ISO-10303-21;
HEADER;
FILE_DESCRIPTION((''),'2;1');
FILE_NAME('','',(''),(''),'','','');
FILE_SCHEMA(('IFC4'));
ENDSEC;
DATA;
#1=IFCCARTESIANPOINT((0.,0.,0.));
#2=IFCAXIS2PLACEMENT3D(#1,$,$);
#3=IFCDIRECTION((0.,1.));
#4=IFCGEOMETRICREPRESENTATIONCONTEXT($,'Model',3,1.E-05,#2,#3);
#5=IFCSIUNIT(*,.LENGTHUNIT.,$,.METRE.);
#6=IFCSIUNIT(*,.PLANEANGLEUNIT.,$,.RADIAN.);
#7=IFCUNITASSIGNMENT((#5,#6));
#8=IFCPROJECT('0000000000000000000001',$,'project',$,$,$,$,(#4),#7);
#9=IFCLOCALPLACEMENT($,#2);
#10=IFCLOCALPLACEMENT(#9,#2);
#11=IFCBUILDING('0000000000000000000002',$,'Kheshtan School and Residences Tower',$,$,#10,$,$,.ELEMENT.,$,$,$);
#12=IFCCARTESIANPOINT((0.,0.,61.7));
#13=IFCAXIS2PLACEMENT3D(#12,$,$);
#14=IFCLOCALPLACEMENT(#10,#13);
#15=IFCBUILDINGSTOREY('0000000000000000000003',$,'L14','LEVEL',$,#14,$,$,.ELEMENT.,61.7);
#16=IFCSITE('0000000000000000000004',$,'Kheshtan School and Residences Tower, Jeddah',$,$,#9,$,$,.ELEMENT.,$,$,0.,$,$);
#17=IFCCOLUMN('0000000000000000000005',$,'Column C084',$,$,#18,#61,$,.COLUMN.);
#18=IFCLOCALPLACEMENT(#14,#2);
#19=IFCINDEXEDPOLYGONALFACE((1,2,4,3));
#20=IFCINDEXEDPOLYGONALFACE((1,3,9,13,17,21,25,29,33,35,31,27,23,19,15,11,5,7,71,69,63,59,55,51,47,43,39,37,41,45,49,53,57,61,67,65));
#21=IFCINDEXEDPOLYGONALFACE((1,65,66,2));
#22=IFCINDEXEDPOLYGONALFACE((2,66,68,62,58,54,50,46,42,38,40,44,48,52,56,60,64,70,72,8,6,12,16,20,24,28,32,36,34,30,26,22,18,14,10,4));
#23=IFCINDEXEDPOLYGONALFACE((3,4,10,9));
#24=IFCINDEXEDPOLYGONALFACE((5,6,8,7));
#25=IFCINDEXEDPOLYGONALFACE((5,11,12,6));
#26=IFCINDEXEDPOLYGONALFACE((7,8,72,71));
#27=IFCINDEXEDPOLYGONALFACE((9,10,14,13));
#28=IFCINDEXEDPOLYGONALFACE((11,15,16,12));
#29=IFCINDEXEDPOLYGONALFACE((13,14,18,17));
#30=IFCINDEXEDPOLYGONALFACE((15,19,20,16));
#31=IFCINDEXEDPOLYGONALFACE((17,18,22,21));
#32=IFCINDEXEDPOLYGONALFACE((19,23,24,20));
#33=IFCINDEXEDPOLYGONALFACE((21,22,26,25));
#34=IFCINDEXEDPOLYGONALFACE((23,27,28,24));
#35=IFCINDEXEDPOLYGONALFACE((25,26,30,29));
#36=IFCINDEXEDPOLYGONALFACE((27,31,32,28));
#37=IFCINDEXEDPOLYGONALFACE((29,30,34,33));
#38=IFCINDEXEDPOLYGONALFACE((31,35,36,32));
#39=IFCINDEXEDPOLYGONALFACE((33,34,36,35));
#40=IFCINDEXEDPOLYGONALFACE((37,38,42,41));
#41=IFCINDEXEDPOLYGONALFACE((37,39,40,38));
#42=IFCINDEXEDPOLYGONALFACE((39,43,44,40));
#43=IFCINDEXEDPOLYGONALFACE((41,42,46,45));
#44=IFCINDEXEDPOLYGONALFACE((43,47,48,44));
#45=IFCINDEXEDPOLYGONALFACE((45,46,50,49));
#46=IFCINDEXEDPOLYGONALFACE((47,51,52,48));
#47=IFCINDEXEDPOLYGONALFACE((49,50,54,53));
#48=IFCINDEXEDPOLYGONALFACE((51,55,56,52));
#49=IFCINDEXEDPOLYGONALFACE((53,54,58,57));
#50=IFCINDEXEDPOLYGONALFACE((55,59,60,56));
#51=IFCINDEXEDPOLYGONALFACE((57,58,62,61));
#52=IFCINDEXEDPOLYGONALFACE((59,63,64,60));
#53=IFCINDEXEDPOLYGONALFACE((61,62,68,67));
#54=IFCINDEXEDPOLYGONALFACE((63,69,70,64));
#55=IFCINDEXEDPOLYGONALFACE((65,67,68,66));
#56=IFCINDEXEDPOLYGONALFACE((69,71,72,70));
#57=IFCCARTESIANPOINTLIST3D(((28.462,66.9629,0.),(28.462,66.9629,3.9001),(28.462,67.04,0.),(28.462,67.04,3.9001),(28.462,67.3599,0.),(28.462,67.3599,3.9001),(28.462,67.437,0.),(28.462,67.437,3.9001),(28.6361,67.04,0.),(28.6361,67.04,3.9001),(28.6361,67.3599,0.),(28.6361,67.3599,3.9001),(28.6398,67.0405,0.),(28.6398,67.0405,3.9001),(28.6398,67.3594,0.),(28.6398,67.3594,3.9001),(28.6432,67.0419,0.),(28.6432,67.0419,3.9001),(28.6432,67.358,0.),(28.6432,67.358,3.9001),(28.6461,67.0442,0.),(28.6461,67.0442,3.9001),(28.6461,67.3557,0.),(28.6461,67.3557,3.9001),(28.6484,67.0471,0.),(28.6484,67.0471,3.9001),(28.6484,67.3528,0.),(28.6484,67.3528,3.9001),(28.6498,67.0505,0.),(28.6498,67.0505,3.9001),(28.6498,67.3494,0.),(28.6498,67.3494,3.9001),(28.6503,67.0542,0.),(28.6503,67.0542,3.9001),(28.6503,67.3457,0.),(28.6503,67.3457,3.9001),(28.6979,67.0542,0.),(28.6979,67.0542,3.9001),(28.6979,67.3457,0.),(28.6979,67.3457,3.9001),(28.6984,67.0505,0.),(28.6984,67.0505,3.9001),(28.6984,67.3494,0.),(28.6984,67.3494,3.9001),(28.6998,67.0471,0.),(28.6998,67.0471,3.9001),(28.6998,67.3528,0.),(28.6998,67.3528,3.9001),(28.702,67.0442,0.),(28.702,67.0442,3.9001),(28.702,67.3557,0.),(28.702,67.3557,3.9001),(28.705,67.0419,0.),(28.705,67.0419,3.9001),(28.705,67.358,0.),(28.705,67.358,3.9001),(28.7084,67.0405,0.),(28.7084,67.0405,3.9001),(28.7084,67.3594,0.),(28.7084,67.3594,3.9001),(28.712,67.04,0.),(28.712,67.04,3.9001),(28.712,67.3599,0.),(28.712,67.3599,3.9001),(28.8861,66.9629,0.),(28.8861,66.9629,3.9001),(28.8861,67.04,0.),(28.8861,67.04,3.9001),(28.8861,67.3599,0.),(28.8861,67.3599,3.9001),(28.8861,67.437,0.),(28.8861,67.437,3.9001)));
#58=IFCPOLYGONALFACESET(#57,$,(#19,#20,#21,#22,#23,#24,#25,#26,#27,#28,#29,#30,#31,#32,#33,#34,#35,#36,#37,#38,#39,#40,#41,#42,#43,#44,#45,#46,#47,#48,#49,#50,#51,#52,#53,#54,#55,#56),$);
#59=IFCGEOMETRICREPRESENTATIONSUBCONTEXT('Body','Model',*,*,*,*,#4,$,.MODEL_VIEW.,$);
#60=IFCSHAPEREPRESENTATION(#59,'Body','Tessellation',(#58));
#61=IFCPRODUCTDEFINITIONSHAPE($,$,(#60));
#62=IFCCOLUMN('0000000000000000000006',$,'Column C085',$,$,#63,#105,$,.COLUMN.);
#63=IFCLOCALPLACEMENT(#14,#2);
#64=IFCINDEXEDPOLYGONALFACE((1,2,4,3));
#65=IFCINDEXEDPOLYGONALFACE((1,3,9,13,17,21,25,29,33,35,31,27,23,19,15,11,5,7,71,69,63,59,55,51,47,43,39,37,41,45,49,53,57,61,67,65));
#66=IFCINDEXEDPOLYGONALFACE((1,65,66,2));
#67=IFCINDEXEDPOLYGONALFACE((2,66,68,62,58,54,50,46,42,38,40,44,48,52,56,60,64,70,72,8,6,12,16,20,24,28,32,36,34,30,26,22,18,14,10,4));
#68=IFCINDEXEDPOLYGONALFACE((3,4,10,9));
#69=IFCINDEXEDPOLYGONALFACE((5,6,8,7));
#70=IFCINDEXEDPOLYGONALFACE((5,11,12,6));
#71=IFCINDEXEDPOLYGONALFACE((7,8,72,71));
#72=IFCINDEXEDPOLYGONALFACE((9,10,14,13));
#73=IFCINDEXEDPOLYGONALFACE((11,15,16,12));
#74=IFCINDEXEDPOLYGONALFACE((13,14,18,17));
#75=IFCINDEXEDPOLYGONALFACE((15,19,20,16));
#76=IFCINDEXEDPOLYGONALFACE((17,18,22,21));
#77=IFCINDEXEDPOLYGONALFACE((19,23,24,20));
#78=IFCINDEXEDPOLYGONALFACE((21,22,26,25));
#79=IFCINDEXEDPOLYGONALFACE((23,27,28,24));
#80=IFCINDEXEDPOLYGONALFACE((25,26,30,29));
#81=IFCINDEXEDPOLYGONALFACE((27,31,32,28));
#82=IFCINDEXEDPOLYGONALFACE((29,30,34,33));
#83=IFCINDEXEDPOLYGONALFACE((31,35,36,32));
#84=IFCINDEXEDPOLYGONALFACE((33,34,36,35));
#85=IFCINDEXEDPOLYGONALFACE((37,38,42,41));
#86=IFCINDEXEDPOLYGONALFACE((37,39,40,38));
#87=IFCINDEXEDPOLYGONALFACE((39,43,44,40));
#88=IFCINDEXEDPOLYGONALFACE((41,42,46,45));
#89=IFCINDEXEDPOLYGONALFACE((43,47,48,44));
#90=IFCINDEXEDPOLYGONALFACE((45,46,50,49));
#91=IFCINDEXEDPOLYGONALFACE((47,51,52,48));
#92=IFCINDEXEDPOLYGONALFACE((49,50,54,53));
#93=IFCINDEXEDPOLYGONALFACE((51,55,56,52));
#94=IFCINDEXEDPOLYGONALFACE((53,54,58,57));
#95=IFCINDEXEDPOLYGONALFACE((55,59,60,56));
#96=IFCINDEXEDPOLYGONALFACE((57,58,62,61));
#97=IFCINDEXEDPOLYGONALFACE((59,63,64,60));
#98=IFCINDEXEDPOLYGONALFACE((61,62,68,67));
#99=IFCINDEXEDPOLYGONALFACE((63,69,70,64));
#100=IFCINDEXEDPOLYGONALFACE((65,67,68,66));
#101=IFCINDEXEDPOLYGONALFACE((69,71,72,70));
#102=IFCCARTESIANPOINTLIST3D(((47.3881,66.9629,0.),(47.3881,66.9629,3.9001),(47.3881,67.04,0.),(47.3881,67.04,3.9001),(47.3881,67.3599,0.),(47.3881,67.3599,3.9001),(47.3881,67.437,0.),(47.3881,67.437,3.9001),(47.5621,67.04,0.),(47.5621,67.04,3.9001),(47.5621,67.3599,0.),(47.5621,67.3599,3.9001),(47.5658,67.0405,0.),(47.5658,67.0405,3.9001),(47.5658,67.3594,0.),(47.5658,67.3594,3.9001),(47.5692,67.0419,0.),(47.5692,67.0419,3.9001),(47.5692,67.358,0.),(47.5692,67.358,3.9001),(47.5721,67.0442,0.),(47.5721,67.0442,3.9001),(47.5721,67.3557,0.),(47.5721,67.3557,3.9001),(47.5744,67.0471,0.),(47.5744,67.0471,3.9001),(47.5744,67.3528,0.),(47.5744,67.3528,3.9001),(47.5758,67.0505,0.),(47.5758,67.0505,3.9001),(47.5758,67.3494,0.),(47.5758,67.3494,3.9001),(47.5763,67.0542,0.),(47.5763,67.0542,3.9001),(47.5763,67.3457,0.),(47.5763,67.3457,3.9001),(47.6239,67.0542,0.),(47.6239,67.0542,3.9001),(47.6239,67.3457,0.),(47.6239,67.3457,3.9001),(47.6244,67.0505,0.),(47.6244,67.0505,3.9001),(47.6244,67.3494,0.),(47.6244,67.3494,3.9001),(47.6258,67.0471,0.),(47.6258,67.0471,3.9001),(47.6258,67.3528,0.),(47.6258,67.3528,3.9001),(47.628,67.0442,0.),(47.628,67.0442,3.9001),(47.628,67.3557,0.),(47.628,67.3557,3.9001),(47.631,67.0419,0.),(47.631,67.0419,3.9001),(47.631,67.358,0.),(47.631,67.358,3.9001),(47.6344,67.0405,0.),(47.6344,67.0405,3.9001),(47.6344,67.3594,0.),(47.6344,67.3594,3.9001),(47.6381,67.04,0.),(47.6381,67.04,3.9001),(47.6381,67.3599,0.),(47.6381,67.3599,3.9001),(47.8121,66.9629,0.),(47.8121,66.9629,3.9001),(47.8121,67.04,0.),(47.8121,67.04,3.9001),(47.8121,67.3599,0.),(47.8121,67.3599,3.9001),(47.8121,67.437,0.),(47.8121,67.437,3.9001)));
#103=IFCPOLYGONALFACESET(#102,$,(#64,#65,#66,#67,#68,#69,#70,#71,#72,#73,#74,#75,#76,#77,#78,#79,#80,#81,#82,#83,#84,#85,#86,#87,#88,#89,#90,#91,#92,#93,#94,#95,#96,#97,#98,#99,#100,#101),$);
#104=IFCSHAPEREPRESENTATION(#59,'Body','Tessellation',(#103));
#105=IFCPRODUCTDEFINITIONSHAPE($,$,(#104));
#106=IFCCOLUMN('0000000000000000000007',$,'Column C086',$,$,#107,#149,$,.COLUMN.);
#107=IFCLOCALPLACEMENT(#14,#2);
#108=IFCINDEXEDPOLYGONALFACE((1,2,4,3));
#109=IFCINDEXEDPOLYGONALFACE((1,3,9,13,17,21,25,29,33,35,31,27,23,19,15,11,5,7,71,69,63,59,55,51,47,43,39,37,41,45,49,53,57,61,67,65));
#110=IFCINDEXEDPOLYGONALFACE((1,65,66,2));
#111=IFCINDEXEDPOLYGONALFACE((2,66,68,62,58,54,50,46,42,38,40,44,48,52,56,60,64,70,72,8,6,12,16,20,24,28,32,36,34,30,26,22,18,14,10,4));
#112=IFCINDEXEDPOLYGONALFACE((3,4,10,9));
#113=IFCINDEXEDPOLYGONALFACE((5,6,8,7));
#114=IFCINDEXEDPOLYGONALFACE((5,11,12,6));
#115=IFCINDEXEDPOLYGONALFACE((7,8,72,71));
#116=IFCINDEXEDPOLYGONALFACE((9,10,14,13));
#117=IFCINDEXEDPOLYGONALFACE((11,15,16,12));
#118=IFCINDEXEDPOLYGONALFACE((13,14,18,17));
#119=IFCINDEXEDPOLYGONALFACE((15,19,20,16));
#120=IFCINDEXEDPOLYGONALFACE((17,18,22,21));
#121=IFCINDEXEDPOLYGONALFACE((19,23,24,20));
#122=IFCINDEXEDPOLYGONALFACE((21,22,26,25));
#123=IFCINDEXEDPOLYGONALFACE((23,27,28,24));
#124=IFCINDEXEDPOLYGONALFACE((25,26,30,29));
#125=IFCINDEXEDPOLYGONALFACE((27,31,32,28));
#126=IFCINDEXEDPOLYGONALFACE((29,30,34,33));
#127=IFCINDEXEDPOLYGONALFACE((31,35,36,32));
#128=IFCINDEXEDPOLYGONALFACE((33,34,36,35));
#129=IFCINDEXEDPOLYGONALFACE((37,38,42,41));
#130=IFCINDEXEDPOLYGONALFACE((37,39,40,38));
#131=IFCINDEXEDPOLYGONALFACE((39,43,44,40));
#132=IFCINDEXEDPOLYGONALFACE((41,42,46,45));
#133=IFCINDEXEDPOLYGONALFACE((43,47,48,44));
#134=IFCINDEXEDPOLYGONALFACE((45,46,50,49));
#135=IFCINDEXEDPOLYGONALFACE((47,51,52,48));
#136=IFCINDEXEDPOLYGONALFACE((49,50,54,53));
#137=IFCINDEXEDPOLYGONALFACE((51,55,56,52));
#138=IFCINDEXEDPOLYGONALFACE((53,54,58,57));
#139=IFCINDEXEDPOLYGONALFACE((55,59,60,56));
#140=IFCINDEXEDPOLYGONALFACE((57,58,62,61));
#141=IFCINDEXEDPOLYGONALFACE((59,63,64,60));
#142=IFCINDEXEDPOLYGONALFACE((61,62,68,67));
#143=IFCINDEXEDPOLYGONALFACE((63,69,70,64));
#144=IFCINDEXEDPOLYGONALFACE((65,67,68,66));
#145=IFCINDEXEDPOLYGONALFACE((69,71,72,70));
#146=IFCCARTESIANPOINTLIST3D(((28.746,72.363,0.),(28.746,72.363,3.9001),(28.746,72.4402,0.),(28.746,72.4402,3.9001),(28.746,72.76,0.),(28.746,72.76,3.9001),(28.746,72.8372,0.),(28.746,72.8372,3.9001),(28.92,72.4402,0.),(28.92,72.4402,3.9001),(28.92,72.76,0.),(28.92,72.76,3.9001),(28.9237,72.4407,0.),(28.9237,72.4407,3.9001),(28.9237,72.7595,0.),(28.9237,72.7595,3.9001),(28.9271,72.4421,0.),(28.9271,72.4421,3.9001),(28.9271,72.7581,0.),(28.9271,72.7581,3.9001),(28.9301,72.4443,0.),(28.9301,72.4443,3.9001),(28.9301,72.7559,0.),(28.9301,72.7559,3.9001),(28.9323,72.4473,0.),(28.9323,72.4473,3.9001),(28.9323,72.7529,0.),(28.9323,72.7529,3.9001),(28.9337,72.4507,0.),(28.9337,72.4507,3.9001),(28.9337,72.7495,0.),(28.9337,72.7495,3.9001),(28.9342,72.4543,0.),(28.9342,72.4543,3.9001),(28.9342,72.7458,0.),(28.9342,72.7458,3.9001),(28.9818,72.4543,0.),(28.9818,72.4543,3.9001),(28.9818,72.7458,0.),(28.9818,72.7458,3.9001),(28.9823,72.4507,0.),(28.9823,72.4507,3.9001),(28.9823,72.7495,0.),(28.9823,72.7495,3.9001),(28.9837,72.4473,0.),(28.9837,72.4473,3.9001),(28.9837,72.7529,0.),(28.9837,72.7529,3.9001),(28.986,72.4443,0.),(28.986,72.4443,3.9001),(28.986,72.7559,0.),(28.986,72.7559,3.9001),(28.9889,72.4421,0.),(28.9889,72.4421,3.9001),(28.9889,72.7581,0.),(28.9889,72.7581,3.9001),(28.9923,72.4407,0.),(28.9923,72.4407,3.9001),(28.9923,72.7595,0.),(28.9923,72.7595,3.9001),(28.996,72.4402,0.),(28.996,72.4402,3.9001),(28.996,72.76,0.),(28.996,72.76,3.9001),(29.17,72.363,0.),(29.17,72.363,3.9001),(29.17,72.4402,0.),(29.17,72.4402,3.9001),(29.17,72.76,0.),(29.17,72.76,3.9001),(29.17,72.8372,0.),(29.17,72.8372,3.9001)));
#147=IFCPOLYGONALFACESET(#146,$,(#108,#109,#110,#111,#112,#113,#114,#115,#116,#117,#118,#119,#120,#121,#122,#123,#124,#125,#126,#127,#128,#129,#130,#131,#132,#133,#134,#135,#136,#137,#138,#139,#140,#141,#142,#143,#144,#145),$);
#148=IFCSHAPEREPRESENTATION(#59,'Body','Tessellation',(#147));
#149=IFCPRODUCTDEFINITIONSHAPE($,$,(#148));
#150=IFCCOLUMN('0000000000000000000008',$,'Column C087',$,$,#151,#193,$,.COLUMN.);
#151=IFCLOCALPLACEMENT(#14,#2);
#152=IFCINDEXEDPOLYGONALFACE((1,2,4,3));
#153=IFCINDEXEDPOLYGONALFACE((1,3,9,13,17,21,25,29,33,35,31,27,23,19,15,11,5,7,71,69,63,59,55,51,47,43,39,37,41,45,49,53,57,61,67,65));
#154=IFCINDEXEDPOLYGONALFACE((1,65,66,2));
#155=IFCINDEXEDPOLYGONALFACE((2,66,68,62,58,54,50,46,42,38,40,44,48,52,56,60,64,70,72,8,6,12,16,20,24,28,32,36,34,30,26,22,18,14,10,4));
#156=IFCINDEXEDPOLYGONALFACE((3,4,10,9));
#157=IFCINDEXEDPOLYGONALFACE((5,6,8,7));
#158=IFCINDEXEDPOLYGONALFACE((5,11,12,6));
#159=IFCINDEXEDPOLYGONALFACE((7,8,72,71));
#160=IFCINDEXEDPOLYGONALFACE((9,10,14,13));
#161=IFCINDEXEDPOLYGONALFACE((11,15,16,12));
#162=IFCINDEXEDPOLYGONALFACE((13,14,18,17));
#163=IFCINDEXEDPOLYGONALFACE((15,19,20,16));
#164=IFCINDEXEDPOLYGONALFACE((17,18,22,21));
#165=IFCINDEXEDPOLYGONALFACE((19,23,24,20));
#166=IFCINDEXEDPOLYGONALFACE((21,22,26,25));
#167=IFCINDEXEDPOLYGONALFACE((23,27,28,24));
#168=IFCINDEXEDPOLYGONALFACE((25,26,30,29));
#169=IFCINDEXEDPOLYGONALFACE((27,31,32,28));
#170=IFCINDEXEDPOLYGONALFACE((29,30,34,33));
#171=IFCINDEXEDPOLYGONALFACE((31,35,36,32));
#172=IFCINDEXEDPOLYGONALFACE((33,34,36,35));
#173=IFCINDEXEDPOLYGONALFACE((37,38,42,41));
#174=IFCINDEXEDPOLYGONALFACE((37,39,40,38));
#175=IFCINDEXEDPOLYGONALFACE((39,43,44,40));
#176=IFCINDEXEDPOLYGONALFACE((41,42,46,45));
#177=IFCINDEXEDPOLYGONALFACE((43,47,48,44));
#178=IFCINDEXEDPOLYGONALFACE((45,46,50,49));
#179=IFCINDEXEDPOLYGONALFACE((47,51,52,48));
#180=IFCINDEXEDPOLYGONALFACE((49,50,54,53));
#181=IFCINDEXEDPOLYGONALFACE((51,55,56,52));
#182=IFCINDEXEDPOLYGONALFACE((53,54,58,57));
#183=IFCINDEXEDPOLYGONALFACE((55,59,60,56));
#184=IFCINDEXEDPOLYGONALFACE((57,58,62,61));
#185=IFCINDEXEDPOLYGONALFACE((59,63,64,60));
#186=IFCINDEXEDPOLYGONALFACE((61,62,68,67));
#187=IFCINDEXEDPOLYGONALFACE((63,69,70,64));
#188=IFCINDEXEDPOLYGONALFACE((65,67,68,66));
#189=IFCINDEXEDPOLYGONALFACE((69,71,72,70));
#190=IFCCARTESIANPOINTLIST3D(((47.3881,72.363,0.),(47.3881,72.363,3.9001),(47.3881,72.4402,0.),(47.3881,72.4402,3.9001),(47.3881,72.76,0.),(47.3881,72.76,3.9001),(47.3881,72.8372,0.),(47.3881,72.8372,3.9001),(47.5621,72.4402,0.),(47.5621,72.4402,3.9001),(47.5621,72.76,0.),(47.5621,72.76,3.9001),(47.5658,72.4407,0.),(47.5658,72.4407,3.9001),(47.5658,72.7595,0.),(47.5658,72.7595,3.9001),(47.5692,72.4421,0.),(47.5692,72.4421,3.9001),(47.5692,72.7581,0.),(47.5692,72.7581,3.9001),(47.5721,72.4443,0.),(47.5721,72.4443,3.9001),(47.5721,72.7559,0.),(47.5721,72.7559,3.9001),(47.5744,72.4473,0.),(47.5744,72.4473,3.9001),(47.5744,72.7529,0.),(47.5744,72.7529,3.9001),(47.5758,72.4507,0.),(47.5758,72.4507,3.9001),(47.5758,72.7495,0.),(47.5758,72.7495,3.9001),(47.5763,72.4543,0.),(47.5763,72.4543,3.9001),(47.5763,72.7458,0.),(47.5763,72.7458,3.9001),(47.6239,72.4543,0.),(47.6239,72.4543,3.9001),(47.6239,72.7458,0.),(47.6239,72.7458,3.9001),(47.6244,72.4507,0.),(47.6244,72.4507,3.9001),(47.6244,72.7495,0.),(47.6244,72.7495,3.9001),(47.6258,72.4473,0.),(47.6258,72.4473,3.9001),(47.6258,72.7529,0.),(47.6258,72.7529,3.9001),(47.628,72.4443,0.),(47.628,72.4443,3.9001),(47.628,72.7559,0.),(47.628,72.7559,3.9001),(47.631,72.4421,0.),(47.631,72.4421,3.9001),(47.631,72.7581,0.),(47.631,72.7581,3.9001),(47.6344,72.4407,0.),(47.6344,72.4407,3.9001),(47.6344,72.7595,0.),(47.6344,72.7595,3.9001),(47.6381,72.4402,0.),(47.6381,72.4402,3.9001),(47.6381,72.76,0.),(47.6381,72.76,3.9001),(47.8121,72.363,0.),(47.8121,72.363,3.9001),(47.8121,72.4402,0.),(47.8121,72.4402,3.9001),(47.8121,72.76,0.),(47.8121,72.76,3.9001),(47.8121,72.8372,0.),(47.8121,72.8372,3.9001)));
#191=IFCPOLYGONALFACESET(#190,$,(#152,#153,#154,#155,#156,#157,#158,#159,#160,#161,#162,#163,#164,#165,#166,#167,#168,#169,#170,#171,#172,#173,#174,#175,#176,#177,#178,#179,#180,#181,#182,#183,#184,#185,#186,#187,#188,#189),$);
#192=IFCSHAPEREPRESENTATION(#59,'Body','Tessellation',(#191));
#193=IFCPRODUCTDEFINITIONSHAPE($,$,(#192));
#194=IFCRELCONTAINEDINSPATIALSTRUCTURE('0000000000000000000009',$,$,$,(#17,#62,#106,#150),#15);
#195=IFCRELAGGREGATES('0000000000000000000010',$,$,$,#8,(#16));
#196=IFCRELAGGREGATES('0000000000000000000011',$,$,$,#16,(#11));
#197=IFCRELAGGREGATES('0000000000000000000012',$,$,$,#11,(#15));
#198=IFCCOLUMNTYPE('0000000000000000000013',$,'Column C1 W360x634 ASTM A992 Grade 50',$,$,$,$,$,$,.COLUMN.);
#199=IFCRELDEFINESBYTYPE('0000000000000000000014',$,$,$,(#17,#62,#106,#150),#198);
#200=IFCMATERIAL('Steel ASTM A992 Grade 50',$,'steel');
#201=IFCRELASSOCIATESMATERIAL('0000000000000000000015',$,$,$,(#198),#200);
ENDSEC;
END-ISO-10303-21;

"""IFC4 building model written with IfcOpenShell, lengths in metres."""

from ifc_helpers import new_model, si_unit, direction, frame, origin, origin_2d, place, context, subcontext, project, spatial, i_section, extrude, material, material_profile, profile_set, type_object, element, save


model = new_model("IFC4")

# Units and contexts
model_context = context("Model", 3, precision=1e-05, world=origin(), true_north=direction((0.0, 1.0)))
body_context = subcontext(model_context, "Body", "Model", "MODEL_VIEW")
ifc_project = project(units=[si_unit("LENGTHUNIT", "METRE"), si_unit("PLANEANGLEUNIT", "RADIAN")], contexts=[model_context])

# Site, building, storey
site_placement = place(None, origin())
site = spatial("IfcSite", under=ifc_project, at=site_placement, Name="Kheshtan School and Residences Tower, Jeddah", CompositionType="ELEMENT", RefElevation=0.0)
building_placement = place(site_placement, origin())
building = spatial("IfcBuilding", under=site, at=building_placement, Name="Kheshtan School and Residences Tower", CompositionType="ELEMENT")
storey_placement = place(building_placement, frame((0.0, 0.0, 61.7)))
storey = spatial("IfcBuildingStorey", under=building, at=storey_placement, Name="L14", Description="LEVEL", CompositionType="ELEMENT", Elevation=61.7)

# Columns
ifc_material_1 = material(Name="Steel ASTM A992 Grade 50", Category="steel")
ifc_material_profile_1 = material_profile(ifc_material_1, i_section(OverallWidth=0.4241, OverallDepth=0.4741, WebThickness=0.0476, FlangeThickness=0.0771, FilletRadius=0.0142, at=origin_2d()), Name="W360x634")
ifc_profile_set_1 = profile_set([ifc_material_profile_1], Name="Steel ASTM A992 Grade 50")
column_type = type_object("IfcColumnType", Name="Column C1 W360x634 ASTM A992 Grade 50", PredefinedType="COLUMN", material=ifc_profile_set_1)
for number, where, z_axis, x_axis, name in (
    (1, (28.6741, 67.2, 0.0), (0.0, 0.0, 1.0), (1.0, 0.0, 0.0), "Column C084"),
    (2, (47.6001, 67.2, 0.0), (0.0, 0.0, 1.0), (1.0, 0.0, 0.0), "Column C085"),
    (3, (28.958, 72.6001, 0.0), (0.0, 0.0, 1.0), (1.0, 0.0, 0.0), "Column C086"),
    (4, (47.6001, 72.6001, 0.0), (0.0, 0.0, 1.0), (1.0, 0.0, 0.0), "Column C087"),
):
    element("IfcColumn", number, at=place(storey_placement, frame(where, z_axis=z_axis, x_axis=x_axis)), inside=storey, type_object=column_type, Name=name, PredefinedType="COLUMN", context=body_context, shape_type="SweptSolid", body=[
        extrude(i_section(OverallWidth=0.4241, OverallDepth=0.4741, WebThickness=0.0476, FlangeThickness=0.0771, FilletRadius=0.0142, at=origin_2d()), origin(), (0.0, 0.0, 1.0), 3.9001),
    ])

save(model, "model.ifc")
